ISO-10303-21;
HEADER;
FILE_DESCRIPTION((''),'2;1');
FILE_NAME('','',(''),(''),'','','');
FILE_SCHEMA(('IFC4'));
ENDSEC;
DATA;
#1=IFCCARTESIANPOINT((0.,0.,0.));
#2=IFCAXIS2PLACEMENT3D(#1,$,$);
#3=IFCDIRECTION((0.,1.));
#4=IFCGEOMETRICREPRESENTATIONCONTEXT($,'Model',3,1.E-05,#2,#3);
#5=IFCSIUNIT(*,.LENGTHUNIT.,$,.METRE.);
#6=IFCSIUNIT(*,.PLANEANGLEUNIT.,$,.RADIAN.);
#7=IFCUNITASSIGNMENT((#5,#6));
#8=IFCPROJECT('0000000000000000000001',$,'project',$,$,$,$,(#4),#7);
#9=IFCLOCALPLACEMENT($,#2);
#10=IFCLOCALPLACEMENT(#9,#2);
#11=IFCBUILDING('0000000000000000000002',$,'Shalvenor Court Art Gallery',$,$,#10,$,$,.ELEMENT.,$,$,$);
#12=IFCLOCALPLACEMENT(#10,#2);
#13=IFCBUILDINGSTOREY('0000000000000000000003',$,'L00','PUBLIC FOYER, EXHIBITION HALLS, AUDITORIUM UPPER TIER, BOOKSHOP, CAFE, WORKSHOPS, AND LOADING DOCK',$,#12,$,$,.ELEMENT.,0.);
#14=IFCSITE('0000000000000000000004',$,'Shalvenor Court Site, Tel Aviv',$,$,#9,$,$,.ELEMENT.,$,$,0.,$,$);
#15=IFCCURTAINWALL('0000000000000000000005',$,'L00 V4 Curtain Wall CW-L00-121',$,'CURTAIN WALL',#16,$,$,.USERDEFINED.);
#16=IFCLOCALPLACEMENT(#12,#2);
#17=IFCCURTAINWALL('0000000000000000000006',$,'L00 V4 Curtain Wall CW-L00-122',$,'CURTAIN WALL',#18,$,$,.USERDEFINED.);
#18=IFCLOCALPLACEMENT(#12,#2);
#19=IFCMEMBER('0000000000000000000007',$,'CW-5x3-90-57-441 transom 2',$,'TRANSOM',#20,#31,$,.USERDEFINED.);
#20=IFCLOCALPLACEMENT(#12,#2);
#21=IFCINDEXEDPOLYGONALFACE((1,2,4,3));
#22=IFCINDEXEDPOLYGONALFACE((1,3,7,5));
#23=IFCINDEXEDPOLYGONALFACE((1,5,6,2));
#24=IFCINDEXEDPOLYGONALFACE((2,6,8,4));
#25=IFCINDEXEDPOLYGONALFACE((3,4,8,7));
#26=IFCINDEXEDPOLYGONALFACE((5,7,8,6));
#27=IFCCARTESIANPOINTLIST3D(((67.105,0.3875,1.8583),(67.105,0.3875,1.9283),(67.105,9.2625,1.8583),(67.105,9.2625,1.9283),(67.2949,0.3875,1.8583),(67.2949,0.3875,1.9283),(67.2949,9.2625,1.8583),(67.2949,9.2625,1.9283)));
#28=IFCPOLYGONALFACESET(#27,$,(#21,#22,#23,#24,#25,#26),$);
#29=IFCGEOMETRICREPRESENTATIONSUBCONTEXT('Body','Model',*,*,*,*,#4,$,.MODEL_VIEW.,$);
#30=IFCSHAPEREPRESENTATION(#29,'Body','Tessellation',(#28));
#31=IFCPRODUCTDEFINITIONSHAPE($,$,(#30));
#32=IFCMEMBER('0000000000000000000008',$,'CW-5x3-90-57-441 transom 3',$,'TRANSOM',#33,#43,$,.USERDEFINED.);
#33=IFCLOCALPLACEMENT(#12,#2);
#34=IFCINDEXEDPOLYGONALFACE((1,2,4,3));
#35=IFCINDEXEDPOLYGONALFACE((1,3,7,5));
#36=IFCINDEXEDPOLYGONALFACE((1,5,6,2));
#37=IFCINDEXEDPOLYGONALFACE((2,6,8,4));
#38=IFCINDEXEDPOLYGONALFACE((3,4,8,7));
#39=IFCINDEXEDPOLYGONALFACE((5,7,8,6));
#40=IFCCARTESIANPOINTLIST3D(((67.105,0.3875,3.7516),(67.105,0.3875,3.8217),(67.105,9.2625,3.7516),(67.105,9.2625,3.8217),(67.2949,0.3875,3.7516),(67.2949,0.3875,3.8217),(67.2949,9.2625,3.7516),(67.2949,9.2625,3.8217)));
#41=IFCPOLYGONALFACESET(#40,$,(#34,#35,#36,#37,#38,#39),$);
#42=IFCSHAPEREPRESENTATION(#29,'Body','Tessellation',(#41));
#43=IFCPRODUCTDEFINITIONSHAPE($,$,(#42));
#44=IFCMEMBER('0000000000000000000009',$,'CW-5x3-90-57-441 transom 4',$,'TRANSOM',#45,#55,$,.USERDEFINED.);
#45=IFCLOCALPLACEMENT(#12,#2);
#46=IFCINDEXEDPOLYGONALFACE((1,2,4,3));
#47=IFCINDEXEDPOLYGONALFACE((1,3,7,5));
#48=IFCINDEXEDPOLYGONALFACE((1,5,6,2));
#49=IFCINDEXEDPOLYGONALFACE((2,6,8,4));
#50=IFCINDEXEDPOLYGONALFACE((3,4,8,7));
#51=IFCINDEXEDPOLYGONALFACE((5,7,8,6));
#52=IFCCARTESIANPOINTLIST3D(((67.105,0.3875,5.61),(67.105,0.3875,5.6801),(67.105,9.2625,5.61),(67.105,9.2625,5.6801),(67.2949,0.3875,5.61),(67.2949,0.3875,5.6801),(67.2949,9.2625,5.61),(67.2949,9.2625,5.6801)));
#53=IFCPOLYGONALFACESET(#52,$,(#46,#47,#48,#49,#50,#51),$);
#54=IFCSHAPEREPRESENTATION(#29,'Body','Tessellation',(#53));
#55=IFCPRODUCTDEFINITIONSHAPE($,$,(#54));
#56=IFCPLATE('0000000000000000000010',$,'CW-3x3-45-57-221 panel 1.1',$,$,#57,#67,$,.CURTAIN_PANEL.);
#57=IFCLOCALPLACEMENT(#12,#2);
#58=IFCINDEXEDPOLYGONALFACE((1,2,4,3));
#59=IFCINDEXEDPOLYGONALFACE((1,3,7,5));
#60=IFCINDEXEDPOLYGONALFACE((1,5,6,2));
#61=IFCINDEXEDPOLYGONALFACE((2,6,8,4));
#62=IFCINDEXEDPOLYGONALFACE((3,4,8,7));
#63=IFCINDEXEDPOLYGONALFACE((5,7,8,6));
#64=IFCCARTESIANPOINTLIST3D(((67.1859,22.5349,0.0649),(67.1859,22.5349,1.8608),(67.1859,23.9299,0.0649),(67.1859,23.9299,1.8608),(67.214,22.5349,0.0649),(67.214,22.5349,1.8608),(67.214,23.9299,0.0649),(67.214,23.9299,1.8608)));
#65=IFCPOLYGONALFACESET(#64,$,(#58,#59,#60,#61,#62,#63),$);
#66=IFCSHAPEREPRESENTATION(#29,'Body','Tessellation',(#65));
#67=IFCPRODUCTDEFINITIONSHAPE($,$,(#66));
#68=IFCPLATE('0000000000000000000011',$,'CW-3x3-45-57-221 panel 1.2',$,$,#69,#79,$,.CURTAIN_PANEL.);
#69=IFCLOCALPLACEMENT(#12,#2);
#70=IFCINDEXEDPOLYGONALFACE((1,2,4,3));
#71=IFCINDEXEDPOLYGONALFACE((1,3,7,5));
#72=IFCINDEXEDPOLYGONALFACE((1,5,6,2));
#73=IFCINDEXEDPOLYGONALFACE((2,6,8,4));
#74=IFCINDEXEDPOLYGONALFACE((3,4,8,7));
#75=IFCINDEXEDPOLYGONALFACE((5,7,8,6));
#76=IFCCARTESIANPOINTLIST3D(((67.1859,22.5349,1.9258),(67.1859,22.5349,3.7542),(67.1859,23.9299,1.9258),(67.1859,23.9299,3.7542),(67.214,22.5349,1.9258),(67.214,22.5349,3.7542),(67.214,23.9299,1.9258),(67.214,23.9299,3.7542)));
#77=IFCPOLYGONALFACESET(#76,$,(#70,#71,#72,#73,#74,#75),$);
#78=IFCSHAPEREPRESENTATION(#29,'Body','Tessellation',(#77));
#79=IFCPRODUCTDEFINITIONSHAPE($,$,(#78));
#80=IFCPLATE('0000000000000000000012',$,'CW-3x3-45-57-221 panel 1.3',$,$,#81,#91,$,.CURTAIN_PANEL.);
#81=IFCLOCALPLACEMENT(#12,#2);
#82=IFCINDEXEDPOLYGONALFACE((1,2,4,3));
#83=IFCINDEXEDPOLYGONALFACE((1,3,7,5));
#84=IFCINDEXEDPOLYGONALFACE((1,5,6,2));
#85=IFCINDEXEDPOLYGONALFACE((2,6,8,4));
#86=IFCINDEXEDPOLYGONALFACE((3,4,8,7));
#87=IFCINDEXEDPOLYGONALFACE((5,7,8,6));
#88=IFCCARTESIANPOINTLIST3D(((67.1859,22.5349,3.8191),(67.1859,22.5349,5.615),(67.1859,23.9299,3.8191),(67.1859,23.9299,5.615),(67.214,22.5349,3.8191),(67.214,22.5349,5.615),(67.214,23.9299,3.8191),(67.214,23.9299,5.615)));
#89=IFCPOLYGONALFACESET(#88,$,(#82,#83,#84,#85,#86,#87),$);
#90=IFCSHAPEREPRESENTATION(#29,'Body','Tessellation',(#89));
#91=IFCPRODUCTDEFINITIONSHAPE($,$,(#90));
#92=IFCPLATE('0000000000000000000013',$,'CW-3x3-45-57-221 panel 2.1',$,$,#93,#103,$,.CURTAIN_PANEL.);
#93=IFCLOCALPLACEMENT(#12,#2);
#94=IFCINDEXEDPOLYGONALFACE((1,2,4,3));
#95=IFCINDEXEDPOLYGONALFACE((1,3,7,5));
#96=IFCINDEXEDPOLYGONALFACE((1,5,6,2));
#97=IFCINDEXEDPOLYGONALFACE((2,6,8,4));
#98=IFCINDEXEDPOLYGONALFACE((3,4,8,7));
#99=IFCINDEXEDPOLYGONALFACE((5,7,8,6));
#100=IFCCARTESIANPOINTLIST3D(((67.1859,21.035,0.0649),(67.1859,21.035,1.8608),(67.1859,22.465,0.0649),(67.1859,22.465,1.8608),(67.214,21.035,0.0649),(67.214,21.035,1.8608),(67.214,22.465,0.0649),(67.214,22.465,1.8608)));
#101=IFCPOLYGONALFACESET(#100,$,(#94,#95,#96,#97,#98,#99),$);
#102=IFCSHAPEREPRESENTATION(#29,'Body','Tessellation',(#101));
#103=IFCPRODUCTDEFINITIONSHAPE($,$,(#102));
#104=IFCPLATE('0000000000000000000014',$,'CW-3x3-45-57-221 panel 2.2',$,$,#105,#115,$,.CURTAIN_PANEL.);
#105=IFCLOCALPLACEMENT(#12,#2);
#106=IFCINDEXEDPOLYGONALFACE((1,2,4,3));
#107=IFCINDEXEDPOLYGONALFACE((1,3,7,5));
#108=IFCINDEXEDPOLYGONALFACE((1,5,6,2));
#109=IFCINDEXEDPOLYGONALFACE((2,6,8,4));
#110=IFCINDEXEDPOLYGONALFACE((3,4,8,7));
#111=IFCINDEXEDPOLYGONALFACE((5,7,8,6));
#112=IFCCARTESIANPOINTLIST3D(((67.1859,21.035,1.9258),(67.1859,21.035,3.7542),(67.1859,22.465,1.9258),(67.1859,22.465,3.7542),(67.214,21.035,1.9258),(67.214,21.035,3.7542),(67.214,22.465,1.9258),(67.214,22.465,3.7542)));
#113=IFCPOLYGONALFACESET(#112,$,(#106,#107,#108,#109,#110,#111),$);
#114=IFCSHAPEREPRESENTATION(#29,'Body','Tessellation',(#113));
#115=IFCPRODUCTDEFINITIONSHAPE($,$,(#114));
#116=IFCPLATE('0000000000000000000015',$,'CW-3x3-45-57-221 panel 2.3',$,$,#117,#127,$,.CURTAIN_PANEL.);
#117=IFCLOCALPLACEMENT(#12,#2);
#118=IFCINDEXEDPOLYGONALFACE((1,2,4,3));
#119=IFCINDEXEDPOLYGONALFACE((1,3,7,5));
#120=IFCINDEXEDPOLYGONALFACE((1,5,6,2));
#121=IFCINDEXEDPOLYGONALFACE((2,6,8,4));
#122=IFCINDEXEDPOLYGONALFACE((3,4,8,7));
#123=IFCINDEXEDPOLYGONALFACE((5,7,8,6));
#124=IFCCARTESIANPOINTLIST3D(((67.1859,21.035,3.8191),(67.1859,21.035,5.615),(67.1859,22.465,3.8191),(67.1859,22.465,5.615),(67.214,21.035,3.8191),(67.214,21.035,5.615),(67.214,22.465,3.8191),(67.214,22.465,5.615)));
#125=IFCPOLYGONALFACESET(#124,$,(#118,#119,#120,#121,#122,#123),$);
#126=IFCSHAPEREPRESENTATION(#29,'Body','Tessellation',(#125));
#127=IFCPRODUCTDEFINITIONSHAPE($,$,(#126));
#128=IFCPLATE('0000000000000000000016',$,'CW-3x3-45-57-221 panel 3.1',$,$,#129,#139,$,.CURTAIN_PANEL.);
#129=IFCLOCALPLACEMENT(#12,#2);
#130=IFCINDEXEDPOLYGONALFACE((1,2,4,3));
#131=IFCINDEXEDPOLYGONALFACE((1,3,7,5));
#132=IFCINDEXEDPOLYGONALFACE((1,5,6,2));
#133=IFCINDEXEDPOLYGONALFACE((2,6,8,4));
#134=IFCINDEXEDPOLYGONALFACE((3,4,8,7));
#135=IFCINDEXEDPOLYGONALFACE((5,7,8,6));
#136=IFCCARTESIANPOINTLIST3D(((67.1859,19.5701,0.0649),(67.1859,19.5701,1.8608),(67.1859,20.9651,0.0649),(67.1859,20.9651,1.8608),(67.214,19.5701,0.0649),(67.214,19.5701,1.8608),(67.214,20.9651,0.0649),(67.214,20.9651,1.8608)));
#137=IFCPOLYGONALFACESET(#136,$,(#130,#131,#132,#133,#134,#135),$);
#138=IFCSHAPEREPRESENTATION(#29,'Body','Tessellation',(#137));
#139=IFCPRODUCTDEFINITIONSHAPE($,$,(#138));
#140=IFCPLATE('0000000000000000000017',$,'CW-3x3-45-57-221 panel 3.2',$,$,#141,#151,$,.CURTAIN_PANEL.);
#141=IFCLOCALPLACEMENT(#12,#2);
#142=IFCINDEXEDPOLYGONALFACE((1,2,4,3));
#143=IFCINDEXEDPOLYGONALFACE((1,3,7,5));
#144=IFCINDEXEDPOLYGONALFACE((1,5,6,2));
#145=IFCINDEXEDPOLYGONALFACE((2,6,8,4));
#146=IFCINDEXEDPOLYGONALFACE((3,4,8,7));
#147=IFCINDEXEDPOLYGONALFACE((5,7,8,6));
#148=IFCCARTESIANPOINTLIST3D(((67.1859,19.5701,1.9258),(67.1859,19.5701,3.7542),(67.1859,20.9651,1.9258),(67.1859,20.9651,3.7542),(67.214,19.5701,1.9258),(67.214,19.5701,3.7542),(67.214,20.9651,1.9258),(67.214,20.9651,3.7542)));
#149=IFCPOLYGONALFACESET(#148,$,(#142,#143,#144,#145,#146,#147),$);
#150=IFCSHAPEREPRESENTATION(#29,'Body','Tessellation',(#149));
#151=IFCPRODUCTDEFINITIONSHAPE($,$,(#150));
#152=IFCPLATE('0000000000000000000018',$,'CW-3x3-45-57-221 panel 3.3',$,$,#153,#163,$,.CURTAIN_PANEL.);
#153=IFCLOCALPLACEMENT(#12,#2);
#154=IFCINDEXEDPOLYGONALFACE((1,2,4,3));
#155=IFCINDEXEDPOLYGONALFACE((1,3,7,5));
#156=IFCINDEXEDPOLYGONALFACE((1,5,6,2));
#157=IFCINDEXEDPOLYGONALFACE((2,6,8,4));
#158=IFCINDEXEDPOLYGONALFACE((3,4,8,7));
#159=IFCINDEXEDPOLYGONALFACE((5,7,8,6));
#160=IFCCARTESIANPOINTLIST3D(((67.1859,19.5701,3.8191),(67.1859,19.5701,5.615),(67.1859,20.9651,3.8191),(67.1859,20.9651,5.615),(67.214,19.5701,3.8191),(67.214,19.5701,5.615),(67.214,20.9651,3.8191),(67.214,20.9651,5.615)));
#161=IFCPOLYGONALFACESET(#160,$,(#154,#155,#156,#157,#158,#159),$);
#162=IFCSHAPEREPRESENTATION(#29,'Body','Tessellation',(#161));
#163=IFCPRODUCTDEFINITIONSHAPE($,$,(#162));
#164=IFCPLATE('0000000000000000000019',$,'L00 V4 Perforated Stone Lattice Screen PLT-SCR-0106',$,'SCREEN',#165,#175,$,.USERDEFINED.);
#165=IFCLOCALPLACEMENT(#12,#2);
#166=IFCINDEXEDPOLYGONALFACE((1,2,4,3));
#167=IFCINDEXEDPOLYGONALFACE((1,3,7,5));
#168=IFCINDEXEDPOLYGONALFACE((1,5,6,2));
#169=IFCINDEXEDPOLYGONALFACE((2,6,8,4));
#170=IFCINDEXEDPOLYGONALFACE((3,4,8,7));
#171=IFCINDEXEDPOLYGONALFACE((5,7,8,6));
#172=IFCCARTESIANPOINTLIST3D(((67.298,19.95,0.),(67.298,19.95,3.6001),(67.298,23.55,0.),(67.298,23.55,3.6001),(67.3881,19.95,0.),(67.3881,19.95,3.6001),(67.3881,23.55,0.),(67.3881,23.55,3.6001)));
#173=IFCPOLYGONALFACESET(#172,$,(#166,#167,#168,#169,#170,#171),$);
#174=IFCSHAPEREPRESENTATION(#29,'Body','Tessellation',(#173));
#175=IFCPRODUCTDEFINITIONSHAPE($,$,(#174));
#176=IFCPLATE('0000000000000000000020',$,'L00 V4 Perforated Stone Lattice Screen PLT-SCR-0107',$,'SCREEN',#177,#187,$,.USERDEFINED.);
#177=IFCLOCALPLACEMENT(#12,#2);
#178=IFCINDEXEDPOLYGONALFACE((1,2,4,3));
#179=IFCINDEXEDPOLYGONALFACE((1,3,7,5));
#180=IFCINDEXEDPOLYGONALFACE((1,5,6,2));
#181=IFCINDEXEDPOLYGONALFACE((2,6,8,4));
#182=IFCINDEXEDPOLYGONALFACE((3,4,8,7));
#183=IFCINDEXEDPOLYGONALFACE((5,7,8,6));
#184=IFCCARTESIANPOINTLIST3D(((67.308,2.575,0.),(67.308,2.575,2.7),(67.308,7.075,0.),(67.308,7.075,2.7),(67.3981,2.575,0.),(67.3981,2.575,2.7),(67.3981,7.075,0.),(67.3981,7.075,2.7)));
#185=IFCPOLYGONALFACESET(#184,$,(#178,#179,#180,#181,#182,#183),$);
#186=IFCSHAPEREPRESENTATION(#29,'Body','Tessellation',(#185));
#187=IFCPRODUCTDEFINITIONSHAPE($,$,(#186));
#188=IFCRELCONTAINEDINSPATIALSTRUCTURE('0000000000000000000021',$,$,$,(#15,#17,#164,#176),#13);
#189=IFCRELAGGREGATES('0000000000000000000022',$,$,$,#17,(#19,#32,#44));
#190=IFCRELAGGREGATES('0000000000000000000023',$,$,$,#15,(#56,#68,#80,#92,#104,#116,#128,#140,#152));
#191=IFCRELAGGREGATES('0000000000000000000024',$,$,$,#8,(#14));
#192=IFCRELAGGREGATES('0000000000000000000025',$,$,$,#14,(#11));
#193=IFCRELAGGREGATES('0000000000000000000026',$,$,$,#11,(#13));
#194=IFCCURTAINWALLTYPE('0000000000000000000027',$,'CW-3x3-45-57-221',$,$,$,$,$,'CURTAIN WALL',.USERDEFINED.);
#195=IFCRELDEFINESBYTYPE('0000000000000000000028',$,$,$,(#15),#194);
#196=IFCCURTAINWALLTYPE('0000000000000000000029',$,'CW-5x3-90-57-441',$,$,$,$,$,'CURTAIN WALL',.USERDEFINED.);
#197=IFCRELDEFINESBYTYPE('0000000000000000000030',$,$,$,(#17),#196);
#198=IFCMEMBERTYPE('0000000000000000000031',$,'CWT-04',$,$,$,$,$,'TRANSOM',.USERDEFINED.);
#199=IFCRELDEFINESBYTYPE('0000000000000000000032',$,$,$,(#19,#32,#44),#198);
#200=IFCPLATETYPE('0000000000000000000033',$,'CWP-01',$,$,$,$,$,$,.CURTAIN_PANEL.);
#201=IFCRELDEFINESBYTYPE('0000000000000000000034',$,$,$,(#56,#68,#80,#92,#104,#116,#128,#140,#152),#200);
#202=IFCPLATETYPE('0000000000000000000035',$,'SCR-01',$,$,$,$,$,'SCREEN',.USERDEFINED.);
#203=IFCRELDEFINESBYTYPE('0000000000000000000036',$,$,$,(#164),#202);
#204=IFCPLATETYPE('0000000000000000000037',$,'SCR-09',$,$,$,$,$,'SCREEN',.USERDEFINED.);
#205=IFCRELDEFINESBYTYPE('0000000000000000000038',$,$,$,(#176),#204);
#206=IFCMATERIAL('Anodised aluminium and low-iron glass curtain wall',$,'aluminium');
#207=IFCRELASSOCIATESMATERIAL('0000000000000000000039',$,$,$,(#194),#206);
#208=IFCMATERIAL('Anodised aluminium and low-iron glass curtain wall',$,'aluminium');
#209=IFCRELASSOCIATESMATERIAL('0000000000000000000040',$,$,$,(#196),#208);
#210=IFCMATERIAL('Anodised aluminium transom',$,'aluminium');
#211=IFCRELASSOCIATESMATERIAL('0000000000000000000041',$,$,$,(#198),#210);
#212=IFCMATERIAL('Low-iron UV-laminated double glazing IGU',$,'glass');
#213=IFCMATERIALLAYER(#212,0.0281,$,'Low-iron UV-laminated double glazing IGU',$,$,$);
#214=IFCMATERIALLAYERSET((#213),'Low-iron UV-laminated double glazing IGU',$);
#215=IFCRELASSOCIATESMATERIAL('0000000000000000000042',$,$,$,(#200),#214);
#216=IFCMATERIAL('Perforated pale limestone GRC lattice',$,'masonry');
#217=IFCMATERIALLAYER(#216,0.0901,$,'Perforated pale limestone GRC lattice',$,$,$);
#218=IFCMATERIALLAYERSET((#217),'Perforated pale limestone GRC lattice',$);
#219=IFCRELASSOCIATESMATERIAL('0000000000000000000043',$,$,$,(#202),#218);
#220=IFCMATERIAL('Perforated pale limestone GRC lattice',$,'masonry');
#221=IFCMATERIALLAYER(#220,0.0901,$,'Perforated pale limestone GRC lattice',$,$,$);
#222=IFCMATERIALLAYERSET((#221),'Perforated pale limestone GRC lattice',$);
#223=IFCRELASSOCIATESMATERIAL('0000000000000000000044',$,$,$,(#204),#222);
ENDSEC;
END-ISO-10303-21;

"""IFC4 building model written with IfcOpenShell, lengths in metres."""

from ifc_helpers import new_model, si_unit, direction, frame, origin, origin_2d, place, context, subcontext, project, spatial, rectangle, extrude, material, layer, layer_set, material_profile, profile_set, type_object, element, aggregate, save


model = new_model("IFC4")

# Units and contexts
model_context = context("Model", 3, precision=1e-05, world=origin(), true_north=direction((0.0, 1.0)))
body_context = subcontext(model_context, "Body", "Model", "MODEL_VIEW")
ifc_project = project(units=[si_unit("LENGTHUNIT", "METRE"), si_unit("PLANEANGLEUNIT", "RADIAN")], contexts=[model_context])

# Site, building, storey
site_placement = place(None, origin())
site = spatial("IfcSite", under=ifc_project, at=site_placement, Name="Shalvenor Court Site, Tel Aviv", CompositionType="ELEMENT", RefElevation=0.0)
building_placement = place(site_placement, origin())
building = spatial("IfcBuilding", under=site, at=building_placement, Name="Shalvenor Court Art Gallery", CompositionType="ELEMENT")
storey_placement = place(building_placement, origin())
storey = spatial("IfcBuildingStorey", under=building, at=storey_placement, Name="L00", Description="PUBLIC FOYER, EXHIBITION HALLS, AUDITORIUM UPPER TIER, BOOKSHOP, CAFE, WORKSHOPS, AND LOADING DOCK", CompositionType="ELEMENT", Elevation=0.0)

# Curtain wall
ifc_material_1 = material(Name="Anodised aluminium and low-iron glass curtain wall", Category="aluminium")
curtain_wall_type_1 = type_object("IfcCurtainWallType", Name="CW-3x3-45-57-221", ElementType="CURTAIN WALL", PredefinedType="USERDEFINED", material=ifc_material_1)
curtain_wall_1_placement = place(storey_placement, origin())
curtain_wall_1 = element("IfcCurtainWall", 1, at=curtain_wall_1_placement, inside=storey, type_object=curtain_wall_type_1, Name="L00 V4 Curtain Wall CW-L00-121", ObjectType="CURTAIN WALL", PredefinedType="USERDEFINED")

# Curtain wall
ifc_material_2 = material(Name="Anodised aluminium and low-iron glass curtain wall", Category="aluminium")
curtain_wall_type_2 = type_object("IfcCurtainWallType", Name="CW-5x3-90-57-441", ElementType="CURTAIN WALL", PredefinedType="USERDEFINED", material=ifc_material_2)
curtain_wall_2_placement = place(storey_placement, origin())
curtain_wall_2 = element("IfcCurtainWall", 2, at=curtain_wall_2_placement, inside=storey, type_object=curtain_wall_type_2, Name="L00 V4 Curtain Wall CW-L00-122", ObjectType="CURTAIN WALL", PredefinedType="USERDEFINED")

# Members
ifc_material_3 = material(Name="Anodised aluminium transom", Category="aluminium")
ifc_material_profile_1 = material_profile(ifc_material_3, rectangle(XDim=0.1899, YDim=0.0701, at=origin_2d()), Name="CWT-04")
ifc_profile_set_1 = profile_set([ifc_material_profile_1], Name="Anodised aluminium transom")
member_type_1 = type_object("IfcMemberType", Name="CWT-04", ElementType="TRANSOM", PredefinedType="USERDEFINED", material=ifc_profile_set_1)
member_1_placement = place(storey_placement, frame((67.2, 9.2625, 1.8933), z_axis=(0.0, -1.0, 0.0), x_axis=(1.0, 0.0, 0.0)))
member_1 = element("IfcMember", 3, at=member_1_placement, type_object=member_type_1, Name="CW-5x3-90-57-441 transom 2", ObjectType="TRANSOM", PredefinedType="USERDEFINED", context=body_context, shape_type="SweptSolid", body=[
    extrude(rectangle(XDim=0.1899, YDim=0.0701, at=origin_2d()), origin(), (0.0, 0.0, 1.0), 8.875),
])
member_2_placement = place(storey_placement, frame((67.2, 9.2625, 3.7866), z_axis=(0.0, -1.0, 0.0), x_axis=(1.0, 0.0, 0.0)))
member_2 = element("IfcMember", 4, at=member_2_placement, type_object=member_type_1, Name="CW-5x3-90-57-441 transom 3", ObjectType="TRANSOM", PredefinedType="USERDEFINED", context=body_context, shape_type="SweptSolid", body=[
    extrude(rectangle(XDim=0.1899, YDim=0.0701, at=origin_2d()), origin(), (0.0, 0.0, 1.0), 8.875),
])
member_3_placement = place(storey_placement, frame((67.2, 9.2625, 5.645), z_axis=(0.0, -1.0, 0.0), x_axis=(1.0, 0.0, 0.0)))
member_3 = element("IfcMember", 5, at=member_3_placement, type_object=member_type_1, Name="CW-5x3-90-57-441 transom 4", ObjectType="TRANSOM", PredefinedType="USERDEFINED", context=body_context, shape_type="SweptSolid", body=[
    extrude(rectangle(XDim=0.1899, YDim=0.0701, at=origin_2d()), origin(), (0.0, 0.0, 1.0), 8.875),
])
aggregate(curtain_wall_2, [member_1, member_2, member_3])

# Plates
ifc_material_4 = material(Name="Low-iron UV-laminated double glazing IGU", Category="glass")
ifc_layer_1 = layer(ifc_material_4, 0.0281, Name="Low-iron UV-laminated double glazing IGU")
ifc_layer_set_1 = layer_set([ifc_layer_1], Name="Low-iron UV-laminated double glazing IGU")
plate_type_1 = type_object("IfcPlateType", Name="CWP-01", PredefinedType="CURTAIN_PANEL", material=ifc_layer_set_1)
plate_1_placement = place(storey_placement, frame((67.2, 23.2324, 0.0649), z_axis=(0.0, 0.0, 1.0), x_axis=(0.0, -1.0, 0.0)))
plate_1 = element("IfcPlate", 6, at=plate_1_placement, type_object=plate_type_1, Name="CW-3x3-45-57-221 panel 1.1", PredefinedType="CURTAIN_PANEL", context=body_context, shape_type="SweptSolid", body=[
    extrude(rectangle(XDim=1.395, YDim=0.0281, at=origin_2d()), origin(), (0.0, 0.0, 1.0), 1.7959),
])
plate_2_placement = place(storey_placement, frame((67.2, 23.2324, 1.9258), z_axis=(0.0, 0.0, 1.0), x_axis=(0.0, -1.0, 0.0)))
plate_2 = element("IfcPlate", 7, at=plate_2_placement, type_object=plate_type_1, Name="CW-3x3-45-57-221 panel 1.2", PredefinedType="CURTAIN_PANEL", context=body_context, shape_type="SweptSolid", body=[
    extrude(rectangle(XDim=1.395, YDim=0.0281, at=origin_2d()), origin(), (0.0, 0.0, 1.0), 1.8284),
])
plate_3_placement = place(storey_placement, frame((67.2, 23.2324, 3.8191), z_axis=(0.0, 0.0, 1.0), x_axis=(0.0, -1.0, 0.0)))
plate_3 = element("IfcPlate", 8, at=plate_3_placement, type_object=plate_type_1, Name="CW-3x3-45-57-221 panel 1.3", PredefinedType="CURTAIN_PANEL", context=body_context, shape_type="SweptSolid", body=[
    extrude(rectangle(XDim=1.395, YDim=0.0281, at=origin_2d()), origin(), (0.0, 0.0, 1.0), 1.7959),
])
plate_4_placement = place(storey_placement, frame((67.2, 21.75, 0.0649), z_axis=(0.0, 0.0, 1.0), x_axis=(0.0, -1.0, 0.0)))
plate_4 = element("IfcPlate", 9, at=plate_4_placement, type_object=plate_type_1, Name="CW-3x3-45-57-221 panel 2.1", PredefinedType="CURTAIN_PANEL", context=body_context, shape_type="SweptSolid", body=[
    extrude(rectangle(XDim=1.4299, YDim=0.0281, at=origin_2d()), origin(), (0.0, 0.0, 1.0), 1.7959),
])
plate_5_placement = place(storey_placement, frame((67.2, 21.75, 1.9258), z_axis=(0.0, 0.0, 1.0), x_axis=(0.0, -1.0, 0.0)))
plate_5 = element("IfcPlate", 10, at=plate_5_placement, type_object=plate_type_1, Name="CW-3x3-45-57-221 panel 2.2", PredefinedType="CURTAIN_PANEL", context=body_context, shape_type="SweptSolid", body=[
    extrude(rectangle(XDim=1.4299, YDim=0.0281, at=origin_2d()), origin(), (0.0, 0.0, 1.0), 1.8284),
])
plate_6_placement = place(storey_placement, frame((67.2, 21.75, 3.8191), z_axis=(0.0, 0.0, 1.0), x_axis=(0.0, -1.0, 0.0)))
plate_6 = element("IfcPlate", 11, at=plate_6_placement, type_object=plate_type_1, Name="CW-3x3-45-57-221 panel 2.3", PredefinedType="CURTAIN_PANEL", context=body_context, shape_type="SweptSolid", body=[
    extrude(rectangle(XDim=1.4299, YDim=0.0281, at=origin_2d()), origin(), (0.0, 0.0, 1.0), 1.7959),
])
plate_7_placement = place(storey_placement, frame((67.2, 20.2676, 0.0649), z_axis=(0.0, 0.0, 1.0), x_axis=(0.0, -1.0, 0.0)))
plate_7 = element("IfcPlate", 12, at=plate_7_placement, type_object=plate_type_1, Name="CW-3x3-45-57-221 panel 3.1", PredefinedType="CURTAIN_PANEL", context=body_context, shape_type="SweptSolid", body=[
    extrude(rectangle(XDim=1.395, YDim=0.0281, at=origin_2d()), origin(), (0.0, 0.0, 1.0), 1.7959),
])
plate_8_placement = place(storey_placement, frame((67.2, 20.2676, 1.9258), z_axis=(0.0, 0.0, 1.0), x_axis=(0.0, -1.0, 0.0)))
plate_8 = element("IfcPlate", 13, at=plate_8_placement, type_object=plate_type_1, Name="CW-3x3-45-57-221 panel 3.2", PredefinedType="CURTAIN_PANEL", context=body_context, shape_type="SweptSolid", body=[
    extrude(rectangle(XDim=1.395, YDim=0.0281, at=origin_2d()), origin(), (0.0, 0.0, 1.0), 1.8284),
])
plate_9_placement = place(storey_placement, frame((67.2, 20.2676, 3.8191), z_axis=(0.0, 0.0, 1.0), x_axis=(0.0, -1.0, 0.0)))
plate_9 = element("IfcPlate", 14, at=plate_9_placement, type_object=plate_type_1, Name="CW-3x3-45-57-221 panel 3.3", PredefinedType="CURTAIN_PANEL", context=body_context, shape_type="SweptSolid", body=[
    extrude(rectangle(XDim=1.395, YDim=0.0281, at=origin_2d()), origin(), (0.0, 0.0, 1.0), 1.7959),
])
aggregate(curtain_wall_1, [plate_1, plate_2, plate_3, plate_4, plate_5, plate_6, plate_7, plate_8, plate_9])

# Plates
ifc_material_5 = material(Name="Perforated pale limestone GRC lattice", Category="masonry")
ifc_layer_2 = layer(ifc_material_5, 0.0901, Name="Perforated pale limestone GRC lattice")
ifc_layer_set_2 = layer_set([ifc_layer_2], Name="Perforated pale limestone GRC lattice")
plate_type_2 = type_object("IfcPlateType", Name="SCR-01", ElementType="SCREEN", PredefinedType="USERDEFINED", material=ifc_layer_set_2)
plate_10_placement = place(storey_placement, frame((67.343, 21.75, 0.0), z_axis=(0.0, 0.0, 1.0), x_axis=(0.0, -1.0, 0.0)))
element("IfcPlate", 15, at=plate_10_placement, inside=storey, type_object=plate_type_2, Name="L00 V4 Perforated Stone Lattice Screen PLT-SCR-0106", ObjectType="SCREEN", PredefinedType="USERDEFINED", context=body_context, shape_type="SweptSolid", body=[
    extrude(rectangle(XDim=3.6001, YDim=0.0901, at=origin_2d()), origin(), (0.0, 0.0, 1.0), 3.6001),
])
ifc_material_6 = material(Name="Perforated pale limestone GRC lattice", Category="masonry")
ifc_layer_3 = layer(ifc_material_6, 0.0901, Name="Perforated pale limestone GRC lattice")
ifc_layer_set_3 = layer_set([ifc_layer_3], Name="Perforated pale limestone GRC lattice")
plate_type_3 = type_object("IfcPlateType", Name="SCR-09", ElementType="SCREEN", PredefinedType="USERDEFINED", material=ifc_layer_set_3)
plate_11_placement = place(storey_placement, frame((67.353, 4.825, 0.0), z_axis=(0.0, 0.0, 1.0), x_axis=(0.0, -1.0, 0.0)))
element("IfcPlate", 16, at=plate_11_placement, inside=storey, type_object=plate_type_3, Name="L00 V4 Perforated Stone Lattice Screen PLT-SCR-0107", ObjectType="SCREEN", PredefinedType="USERDEFINED", context=body_context, shape_type="SweptSolid", body=[
    extrude(rectangle(XDim=4.5, YDim=0.0901, at=origin_2d()), origin(), (0.0, 0.0, 1.0), 2.7),
])

save(model, "model.ifc")
